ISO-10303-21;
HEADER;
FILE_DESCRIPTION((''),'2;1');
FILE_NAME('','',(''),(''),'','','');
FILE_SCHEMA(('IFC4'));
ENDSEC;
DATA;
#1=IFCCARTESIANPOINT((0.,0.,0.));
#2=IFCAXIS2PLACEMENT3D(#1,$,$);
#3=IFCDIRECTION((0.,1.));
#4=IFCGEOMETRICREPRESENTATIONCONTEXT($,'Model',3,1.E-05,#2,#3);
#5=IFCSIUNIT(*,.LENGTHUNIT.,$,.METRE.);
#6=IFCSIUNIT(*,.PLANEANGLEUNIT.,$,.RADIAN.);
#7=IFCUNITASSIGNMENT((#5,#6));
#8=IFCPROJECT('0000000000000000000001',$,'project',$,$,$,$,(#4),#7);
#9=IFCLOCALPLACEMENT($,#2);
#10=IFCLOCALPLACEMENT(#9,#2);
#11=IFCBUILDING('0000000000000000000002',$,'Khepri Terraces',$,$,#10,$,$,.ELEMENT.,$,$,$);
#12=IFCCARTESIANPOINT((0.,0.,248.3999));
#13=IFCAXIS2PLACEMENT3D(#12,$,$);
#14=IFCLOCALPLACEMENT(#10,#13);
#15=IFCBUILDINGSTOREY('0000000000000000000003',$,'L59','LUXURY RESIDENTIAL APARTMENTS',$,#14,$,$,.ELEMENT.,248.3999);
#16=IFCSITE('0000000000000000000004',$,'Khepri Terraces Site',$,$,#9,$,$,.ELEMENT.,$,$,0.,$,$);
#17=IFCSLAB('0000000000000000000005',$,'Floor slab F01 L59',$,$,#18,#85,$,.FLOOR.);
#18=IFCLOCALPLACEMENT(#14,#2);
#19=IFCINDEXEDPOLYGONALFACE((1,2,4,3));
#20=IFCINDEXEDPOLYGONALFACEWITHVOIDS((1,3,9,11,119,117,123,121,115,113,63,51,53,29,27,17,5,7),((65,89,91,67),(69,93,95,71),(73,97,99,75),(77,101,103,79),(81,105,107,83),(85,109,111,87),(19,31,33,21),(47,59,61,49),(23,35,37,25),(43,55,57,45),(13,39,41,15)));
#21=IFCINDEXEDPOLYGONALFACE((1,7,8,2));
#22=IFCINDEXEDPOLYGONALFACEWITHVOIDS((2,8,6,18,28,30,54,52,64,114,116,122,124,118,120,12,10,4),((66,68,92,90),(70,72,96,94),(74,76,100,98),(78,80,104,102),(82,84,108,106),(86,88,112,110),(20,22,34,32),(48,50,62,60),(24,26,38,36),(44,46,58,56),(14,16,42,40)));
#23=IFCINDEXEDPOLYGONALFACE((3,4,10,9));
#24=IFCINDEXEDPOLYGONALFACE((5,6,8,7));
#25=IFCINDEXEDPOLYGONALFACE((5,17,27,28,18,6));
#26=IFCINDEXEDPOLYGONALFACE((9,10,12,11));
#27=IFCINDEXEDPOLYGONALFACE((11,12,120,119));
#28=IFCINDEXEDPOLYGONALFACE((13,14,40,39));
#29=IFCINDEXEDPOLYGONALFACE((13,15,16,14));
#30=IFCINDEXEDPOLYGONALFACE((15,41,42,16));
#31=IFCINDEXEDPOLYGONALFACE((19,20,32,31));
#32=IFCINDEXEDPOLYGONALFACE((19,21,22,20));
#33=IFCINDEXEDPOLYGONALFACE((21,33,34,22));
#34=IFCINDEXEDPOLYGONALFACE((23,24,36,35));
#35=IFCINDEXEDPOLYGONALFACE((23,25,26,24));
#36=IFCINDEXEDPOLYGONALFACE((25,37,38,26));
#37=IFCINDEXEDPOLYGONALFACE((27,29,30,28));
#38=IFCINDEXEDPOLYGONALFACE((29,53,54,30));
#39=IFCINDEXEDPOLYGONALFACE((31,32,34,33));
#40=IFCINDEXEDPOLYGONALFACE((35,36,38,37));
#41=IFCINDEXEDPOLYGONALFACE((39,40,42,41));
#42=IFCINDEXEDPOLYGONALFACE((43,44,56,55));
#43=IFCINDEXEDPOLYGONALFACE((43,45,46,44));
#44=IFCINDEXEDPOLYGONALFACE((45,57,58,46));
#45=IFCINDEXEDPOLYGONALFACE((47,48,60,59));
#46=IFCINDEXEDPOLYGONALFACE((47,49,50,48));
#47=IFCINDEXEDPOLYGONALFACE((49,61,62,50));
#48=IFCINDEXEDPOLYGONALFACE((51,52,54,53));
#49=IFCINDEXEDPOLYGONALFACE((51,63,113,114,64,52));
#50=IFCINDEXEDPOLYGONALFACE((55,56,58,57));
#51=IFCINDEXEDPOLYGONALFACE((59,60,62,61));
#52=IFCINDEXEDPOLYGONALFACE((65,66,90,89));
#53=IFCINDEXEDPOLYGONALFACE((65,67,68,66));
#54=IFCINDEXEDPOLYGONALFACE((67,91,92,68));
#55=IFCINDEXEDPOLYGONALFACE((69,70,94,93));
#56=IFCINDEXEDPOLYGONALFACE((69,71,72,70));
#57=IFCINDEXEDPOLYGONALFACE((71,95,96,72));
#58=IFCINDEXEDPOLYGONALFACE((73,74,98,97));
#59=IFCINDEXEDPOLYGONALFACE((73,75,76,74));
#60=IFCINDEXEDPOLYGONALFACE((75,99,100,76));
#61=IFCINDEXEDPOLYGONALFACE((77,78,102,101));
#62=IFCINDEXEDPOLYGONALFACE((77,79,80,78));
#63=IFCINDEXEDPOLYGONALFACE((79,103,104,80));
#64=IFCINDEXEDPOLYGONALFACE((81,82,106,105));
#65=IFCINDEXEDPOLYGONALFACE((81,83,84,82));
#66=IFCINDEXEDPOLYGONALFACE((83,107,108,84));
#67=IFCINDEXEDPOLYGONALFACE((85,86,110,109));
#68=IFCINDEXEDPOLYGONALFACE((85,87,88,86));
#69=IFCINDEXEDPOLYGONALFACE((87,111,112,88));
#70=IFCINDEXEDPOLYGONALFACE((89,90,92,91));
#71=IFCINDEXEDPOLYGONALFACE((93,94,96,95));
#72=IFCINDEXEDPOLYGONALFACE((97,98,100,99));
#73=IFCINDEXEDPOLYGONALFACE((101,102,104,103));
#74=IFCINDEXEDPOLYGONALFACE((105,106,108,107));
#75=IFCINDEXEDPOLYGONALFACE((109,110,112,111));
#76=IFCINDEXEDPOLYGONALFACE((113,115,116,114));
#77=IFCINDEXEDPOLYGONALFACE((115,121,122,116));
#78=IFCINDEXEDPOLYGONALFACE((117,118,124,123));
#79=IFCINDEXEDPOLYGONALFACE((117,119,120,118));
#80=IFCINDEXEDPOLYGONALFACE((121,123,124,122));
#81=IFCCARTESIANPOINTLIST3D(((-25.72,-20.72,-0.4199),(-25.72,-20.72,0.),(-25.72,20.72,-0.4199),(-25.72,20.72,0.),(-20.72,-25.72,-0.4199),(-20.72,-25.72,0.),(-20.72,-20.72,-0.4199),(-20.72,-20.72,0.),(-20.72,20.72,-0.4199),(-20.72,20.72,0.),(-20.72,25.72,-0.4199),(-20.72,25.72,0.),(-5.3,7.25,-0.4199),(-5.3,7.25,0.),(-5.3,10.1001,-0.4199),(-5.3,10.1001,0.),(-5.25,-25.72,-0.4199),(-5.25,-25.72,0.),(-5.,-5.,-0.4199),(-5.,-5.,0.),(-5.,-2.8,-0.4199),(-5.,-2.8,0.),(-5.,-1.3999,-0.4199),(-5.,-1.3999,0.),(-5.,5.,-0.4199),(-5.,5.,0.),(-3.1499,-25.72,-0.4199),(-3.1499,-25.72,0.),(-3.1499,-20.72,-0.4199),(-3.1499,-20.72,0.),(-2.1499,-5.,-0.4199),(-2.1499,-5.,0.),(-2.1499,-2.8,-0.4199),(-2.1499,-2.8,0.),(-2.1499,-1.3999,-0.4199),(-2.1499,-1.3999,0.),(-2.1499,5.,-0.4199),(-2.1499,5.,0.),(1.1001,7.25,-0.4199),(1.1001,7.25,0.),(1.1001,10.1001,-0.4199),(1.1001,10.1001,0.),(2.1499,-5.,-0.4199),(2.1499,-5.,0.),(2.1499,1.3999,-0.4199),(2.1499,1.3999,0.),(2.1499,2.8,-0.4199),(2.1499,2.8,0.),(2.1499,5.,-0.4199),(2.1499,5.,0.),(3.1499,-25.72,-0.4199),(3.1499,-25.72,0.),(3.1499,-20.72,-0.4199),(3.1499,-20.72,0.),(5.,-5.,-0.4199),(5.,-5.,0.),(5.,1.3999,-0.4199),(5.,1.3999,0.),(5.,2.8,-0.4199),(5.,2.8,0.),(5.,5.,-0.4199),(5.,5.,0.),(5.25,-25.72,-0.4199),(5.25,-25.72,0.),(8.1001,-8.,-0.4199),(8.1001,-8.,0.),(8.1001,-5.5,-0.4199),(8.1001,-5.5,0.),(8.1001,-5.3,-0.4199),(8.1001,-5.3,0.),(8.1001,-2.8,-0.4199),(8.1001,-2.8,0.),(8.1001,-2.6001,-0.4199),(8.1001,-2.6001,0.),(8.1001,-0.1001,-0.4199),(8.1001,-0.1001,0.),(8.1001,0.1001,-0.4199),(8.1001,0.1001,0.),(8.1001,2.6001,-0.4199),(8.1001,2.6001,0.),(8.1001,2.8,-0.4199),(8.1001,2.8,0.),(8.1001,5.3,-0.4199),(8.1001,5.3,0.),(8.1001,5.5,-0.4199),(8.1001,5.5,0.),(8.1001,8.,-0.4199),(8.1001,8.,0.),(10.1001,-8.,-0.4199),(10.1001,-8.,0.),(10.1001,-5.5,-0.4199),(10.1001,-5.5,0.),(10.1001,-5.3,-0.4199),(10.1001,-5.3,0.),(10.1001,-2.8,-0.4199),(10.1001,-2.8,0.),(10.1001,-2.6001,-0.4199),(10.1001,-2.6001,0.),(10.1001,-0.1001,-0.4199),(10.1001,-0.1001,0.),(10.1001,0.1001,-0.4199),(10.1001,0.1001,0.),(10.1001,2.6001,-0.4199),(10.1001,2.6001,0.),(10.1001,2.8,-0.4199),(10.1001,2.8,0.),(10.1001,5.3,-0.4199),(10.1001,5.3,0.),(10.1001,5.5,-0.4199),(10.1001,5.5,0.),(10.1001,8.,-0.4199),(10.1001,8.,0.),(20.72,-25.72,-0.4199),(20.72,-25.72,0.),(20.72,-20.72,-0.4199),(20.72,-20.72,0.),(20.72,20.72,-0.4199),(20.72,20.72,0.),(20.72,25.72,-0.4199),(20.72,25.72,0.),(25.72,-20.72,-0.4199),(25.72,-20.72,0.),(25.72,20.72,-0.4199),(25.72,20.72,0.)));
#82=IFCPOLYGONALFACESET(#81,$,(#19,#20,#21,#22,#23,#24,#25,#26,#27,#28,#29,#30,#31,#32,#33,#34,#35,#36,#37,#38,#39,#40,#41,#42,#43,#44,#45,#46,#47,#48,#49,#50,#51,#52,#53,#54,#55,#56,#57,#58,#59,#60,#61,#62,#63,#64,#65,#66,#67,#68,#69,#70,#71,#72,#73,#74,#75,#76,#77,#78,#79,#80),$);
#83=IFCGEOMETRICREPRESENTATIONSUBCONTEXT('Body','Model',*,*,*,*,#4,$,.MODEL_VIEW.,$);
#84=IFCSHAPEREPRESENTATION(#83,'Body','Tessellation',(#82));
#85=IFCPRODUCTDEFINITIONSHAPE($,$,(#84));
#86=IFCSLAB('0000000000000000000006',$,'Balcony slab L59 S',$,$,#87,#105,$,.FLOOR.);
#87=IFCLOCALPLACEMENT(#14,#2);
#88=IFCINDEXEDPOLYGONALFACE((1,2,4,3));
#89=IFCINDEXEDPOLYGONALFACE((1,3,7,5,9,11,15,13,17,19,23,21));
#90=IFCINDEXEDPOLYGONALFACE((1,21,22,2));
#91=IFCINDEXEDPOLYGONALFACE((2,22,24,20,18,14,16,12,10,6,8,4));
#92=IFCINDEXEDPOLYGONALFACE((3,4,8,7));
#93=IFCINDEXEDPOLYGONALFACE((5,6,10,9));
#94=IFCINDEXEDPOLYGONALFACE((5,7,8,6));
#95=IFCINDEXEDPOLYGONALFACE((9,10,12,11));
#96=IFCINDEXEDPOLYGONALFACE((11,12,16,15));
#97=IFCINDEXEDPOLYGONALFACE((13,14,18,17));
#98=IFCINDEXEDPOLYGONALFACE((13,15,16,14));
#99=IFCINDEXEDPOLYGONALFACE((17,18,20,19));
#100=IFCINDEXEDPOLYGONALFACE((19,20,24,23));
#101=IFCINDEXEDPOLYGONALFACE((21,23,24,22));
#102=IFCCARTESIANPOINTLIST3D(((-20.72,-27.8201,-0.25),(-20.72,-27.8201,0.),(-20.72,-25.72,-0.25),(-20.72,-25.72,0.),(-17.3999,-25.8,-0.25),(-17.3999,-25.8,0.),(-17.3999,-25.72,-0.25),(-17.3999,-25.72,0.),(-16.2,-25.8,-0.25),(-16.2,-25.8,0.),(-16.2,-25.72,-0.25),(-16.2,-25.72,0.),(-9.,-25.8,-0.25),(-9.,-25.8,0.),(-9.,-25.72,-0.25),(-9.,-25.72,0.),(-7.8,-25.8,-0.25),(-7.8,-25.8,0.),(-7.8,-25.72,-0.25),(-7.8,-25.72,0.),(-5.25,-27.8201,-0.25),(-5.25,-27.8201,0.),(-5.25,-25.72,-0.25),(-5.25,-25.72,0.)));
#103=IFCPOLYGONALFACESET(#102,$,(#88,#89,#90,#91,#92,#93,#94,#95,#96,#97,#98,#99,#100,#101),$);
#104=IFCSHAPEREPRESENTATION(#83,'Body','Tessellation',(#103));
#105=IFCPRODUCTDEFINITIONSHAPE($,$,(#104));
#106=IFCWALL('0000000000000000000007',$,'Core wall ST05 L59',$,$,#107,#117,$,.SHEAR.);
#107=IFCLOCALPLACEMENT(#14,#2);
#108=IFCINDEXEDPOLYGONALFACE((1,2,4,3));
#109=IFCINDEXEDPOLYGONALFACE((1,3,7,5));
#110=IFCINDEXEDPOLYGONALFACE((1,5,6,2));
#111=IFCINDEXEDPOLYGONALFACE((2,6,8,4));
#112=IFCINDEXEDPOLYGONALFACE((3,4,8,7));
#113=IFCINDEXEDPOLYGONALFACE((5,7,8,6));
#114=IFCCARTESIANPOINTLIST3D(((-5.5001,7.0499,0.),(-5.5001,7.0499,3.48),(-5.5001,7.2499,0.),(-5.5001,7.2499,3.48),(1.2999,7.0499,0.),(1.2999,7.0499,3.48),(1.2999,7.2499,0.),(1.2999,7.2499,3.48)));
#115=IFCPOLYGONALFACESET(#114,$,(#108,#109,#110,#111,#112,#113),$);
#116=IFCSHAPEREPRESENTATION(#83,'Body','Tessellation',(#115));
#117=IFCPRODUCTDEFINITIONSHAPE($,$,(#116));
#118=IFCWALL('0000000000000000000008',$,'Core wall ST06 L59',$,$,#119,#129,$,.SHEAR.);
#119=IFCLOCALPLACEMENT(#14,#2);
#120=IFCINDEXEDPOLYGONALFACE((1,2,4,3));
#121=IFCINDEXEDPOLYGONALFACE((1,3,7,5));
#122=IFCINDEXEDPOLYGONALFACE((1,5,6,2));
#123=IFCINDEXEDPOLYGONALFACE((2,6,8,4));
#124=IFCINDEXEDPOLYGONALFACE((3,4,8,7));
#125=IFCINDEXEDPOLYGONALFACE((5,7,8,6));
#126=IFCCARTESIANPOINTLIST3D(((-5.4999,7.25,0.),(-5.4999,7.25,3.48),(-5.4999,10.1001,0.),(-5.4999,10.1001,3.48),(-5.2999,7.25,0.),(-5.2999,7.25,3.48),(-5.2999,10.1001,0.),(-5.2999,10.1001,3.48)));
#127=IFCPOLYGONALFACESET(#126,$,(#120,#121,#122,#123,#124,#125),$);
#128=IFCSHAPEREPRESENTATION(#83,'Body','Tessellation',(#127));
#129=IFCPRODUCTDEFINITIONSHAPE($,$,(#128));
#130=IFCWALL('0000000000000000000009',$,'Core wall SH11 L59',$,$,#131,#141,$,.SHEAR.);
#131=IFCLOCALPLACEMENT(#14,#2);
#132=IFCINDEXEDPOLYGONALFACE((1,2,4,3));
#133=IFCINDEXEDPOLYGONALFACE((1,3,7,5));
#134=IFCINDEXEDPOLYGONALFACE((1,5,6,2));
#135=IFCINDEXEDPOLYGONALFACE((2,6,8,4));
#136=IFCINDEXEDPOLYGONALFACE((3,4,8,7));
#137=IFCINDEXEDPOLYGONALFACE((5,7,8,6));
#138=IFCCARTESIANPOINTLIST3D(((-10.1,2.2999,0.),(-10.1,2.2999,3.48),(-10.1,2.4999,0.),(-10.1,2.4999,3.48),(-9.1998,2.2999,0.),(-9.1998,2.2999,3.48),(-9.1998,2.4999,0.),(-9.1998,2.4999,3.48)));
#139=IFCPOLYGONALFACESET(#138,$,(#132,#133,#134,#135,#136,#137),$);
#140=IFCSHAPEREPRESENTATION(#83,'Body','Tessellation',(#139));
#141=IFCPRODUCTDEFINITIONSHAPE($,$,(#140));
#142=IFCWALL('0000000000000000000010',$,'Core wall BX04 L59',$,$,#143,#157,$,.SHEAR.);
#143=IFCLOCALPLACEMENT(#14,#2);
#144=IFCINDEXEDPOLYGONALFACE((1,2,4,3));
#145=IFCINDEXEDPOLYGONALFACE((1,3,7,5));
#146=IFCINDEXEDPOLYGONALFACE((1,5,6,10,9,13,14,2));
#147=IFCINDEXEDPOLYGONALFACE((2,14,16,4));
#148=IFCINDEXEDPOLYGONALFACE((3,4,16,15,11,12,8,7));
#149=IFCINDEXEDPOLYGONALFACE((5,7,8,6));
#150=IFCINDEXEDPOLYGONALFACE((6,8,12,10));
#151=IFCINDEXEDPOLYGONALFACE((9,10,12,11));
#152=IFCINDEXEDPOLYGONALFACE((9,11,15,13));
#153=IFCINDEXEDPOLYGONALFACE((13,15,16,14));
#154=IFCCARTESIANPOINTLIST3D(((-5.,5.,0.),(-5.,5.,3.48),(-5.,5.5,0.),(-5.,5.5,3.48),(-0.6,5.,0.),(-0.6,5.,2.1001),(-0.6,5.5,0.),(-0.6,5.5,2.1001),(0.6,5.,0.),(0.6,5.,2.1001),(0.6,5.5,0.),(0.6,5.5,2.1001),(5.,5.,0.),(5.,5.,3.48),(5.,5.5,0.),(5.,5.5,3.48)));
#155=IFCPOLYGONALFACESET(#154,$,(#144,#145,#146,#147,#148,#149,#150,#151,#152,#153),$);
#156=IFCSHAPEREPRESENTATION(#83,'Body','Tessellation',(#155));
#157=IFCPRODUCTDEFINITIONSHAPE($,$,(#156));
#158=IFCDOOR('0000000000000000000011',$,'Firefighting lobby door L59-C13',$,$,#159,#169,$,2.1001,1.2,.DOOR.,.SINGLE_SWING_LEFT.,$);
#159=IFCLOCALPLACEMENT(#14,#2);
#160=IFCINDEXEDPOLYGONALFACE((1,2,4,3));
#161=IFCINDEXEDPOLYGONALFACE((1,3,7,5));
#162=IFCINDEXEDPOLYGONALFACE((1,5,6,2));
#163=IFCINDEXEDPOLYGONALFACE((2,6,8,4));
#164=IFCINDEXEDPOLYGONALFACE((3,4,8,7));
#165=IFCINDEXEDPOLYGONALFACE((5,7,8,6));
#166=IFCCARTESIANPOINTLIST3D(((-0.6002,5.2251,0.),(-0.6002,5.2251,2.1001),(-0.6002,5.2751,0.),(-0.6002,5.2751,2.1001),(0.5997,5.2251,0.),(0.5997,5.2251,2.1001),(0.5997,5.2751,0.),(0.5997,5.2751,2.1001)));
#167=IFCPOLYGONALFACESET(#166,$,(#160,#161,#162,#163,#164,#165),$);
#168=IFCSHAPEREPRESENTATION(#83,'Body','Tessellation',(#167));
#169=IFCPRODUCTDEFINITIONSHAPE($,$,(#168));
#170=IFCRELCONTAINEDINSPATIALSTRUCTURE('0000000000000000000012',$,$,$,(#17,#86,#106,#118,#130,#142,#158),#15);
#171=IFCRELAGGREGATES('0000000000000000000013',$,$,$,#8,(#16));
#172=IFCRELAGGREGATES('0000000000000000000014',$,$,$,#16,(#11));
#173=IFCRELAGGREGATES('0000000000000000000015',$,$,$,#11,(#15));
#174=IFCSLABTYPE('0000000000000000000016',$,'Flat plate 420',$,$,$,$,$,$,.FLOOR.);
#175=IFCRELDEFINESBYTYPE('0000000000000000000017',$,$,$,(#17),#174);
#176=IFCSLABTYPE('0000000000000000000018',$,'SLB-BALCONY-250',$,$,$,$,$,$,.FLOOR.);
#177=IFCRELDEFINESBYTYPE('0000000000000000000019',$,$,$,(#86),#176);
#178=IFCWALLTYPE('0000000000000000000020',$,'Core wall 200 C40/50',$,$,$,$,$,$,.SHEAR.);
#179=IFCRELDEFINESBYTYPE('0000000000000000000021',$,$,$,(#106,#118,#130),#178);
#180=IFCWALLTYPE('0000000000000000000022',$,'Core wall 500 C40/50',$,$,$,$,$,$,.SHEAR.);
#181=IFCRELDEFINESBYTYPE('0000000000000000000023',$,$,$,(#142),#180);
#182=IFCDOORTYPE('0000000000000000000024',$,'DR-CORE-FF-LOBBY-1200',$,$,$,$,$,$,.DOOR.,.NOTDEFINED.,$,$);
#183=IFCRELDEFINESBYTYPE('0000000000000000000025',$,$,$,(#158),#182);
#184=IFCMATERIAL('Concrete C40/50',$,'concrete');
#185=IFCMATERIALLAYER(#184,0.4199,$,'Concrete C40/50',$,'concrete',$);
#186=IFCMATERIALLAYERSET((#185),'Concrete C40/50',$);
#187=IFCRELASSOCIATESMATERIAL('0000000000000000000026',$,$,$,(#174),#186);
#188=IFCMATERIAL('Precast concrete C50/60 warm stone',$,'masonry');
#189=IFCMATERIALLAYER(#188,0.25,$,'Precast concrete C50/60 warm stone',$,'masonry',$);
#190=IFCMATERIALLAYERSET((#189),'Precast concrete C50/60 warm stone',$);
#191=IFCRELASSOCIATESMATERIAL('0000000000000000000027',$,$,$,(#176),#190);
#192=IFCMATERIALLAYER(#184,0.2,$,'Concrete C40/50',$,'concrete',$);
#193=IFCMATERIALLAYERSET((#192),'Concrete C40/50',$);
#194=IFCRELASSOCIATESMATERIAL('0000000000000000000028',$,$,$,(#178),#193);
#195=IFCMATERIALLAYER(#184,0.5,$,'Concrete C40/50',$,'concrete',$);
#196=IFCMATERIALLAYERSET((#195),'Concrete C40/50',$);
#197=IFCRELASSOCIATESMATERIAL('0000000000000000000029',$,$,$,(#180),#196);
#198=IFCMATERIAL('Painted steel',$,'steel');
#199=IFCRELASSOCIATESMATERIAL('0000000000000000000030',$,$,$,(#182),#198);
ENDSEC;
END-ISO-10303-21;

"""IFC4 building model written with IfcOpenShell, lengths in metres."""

from ifc_helpers import new_model, si_unit, direction, frame, frame_2d, origin, place, context, subcontext, project, spatial, polyline, rectangle, outline, extrude, material, layer, layer_set, type_object, element, fill, save


model = new_model("IFC4")

# Units and contexts
model_context = context("Model", 3, precision=1e-05, world=origin(), true_north=direction((0.0, 1.0)))
body_context = subcontext(model_context, "Body", "Model", "MODEL_VIEW")
ifc_project = project(units=[si_unit("LENGTHUNIT", "METRE"), si_unit("PLANEANGLEUNIT", "RADIAN")], contexts=[model_context])

# Site, building, storey
site_placement = place(None, origin())
site = spatial("IfcSite", under=ifc_project, at=site_placement, Name="Khepri Terraces Site", CompositionType="ELEMENT", RefElevation=0.0)
building_placement = place(site_placement, origin())
building = spatial("IfcBuilding", under=site, at=building_placement, Name="Khepri Terraces", CompositionType="ELEMENT")
storey_placement = place(building_placement, frame((0.0, 0.0, 248.3999)))
storey = spatial("IfcBuildingStorey", under=building, at=storey_placement, Name="L59", Description="LUXURY RESIDENTIAL APARTMENTS", CompositionType="ELEMENT", Elevation=248.3999)

# Slabs
ifc_material_1 = material(Name="Concrete C40/50", Category="concrete")
ifc_layer_1 = layer(ifc_material_1, 0.4199, Name="Concrete C40/50", Category="concrete")
ifc_layer_set_1 = layer_set([ifc_layer_1], Name="Concrete C40/50")
slab_type_1 = type_object("IfcSlabType", Name="Flat plate 420", PredefinedType="FLOOR", material=ifc_layer_set_1)
slab_1_placement = place(storey_placement, frame((0.0, 0.0, -0.4199)))
element("IfcSlab", 1, at=slab_1_placement, inside=storey, type_object=slab_type_1, Name="Floor slab F01 L59", PredefinedType="FLOOR", context=body_context, shape_type="SweptSolid", body=[
    extrude(outline(polyline([(25.72, -20.72), (20.72, -20.72), (20.72, -25.72), (5.25, -25.72), (3.1499, -25.72), (3.1499, -20.72), (-3.1499, -20.72), (-3.1499, -25.72), (-5.25, -25.72), (-20.72, -25.72), (-20.72, -20.72), (-25.72, -20.72), (-25.72, 20.72), (-20.72, 20.72), (-20.72, 25.72), (20.72, 25.72), (20.72, 20.72), (25.72, 20.72), (25.72, -20.72)]), holes=[polyline([(2.1499, 2.8), (5.0, 2.8), (5.0, 5.0), (2.1499, 5.0), (2.1499, 2.8)]), polyline([(-5.0, -2.8), (-5.0, -5.0), (-2.1499, -5.0), (-2.1499, -2.8), (-5.0, -2.8)]), polyline([(10.1001, -5.5), (8.1001, -5.5), (8.1001, -8.0), (10.1001, -8.0), (10.1001, -5.5)]), polyline([(10.1001, -5.3), (10.1001, -2.8), (8.1001, -2.8), (8.1001, -5.3), (10.1001, -5.3)]), polyline([(8.1001, -2.6001), (10.1001, -2.6001), (10.1001, -0.1001), (8.1001, -0.1001), (8.1001, -2.6001)]), polyline([(8.1001, 2.6001), (8.1001, 0.1001), (10.1001, 0.1001), (10.1001, 2.6001), (8.1001, 2.6001)]), polyline([(10.1001, 5.3), (8.1001, 5.3), (8.1001, 2.8), (10.1001, 2.8), (10.1001, 5.3)]), polyline([(10.1001, 5.5), (10.1001, 8.0), (8.1001, 8.0), (8.1001, 5.5), (10.1001, 5.5)]), polyline([(-5.0, -1.3999), (-2.1499, -1.3999), (-2.1499, 5.0), (-5.0, 5.0), (-5.0, -1.3999)]), polyline([(5.0, -5.0), (5.0, 1.3999), (2.1499, 1.3999), (2.1499, -5.0), (5.0, -5.0)]), polyline([(-5.3, 10.1001), (-5.3, 7.25), (1.1001, 7.25), (1.1001, 10.1001), (-5.3, 10.1001)])]), origin(), (0.0, 0.0, 1.0), 0.4199),
])
ifc_material_2 = material(Name="Precast concrete C50/60 warm stone", Category="masonry")
ifc_layer_2 = layer(ifc_material_2, 0.25, Name="Precast concrete C50/60 warm stone", Category="masonry")
ifc_layer_set_2 = layer_set([ifc_layer_2], Name="Precast concrete C50/60 warm stone")
slab_type_2 = type_object("IfcSlabType", Name="SLB-BALCONY-250", PredefinedType="FLOOR", material=ifc_layer_set_2)
slab_2_placement = place(storey_placement, frame((0.0, 0.0, -0.25)))
element("IfcSlab", 2, at=slab_2_placement, inside=storey, type_object=slab_type_2, Name="Balcony slab L59 S", PredefinedType="FLOOR", context=body_context, shape_type="SweptSolid", body=[
    extrude(outline(polyline([(-17.3999, -25.72), (-20.72, -25.72), (-20.72, -27.8201), (-5.25, -27.8201), (-5.25, -25.72), (-7.8, -25.72), (-7.8, -25.8), (-9.0, -25.8), (-9.0, -25.72), (-16.2, -25.72), (-16.2, -25.8), (-17.3999, -25.8), (-17.3999, -25.72)])), origin(), (0.0, 0.0, 1.0), 0.25),
])

# Walls
ifc_layer_3 = layer(ifc_material_1, 0.2, Name="Concrete C40/50", Category="concrete")
ifc_layer_set_3 = layer_set([ifc_layer_3], Name="Concrete C40/50")
wall_type_1 = type_object("IfcWallType", Name="Core wall 200 C40/50", PredefinedType="SHEAR", material=ifc_layer_set_3)
wall_1_placement = place(storey_placement, frame((-5.5, 7.1499, 0.0), z_axis=(0.0, 0.0, 1.0), x_axis=(1.0, 0.0, 0.0)))
element("IfcWall", 3, at=wall_1_placement, inside=storey, type_object=wall_type_1, Name="Core wall ST05 L59", PredefinedType="SHEAR", context=body_context, shape_type="SweptSolid", body=[
    extrude(rectangle(XDim=6.8, YDim=0.2, at=frame_2d((3.3999, 0.0))), origin(), (0.0, 0.0, 1.0), 3.48),
])
wall_2_placement = place(storey_placement, frame((-5.3999, 7.25, 0.0), z_axis=(0.0, 0.0, 1.0), x_axis=(0.0, 1.0, 0.0)))
element("IfcWall", 4, at=wall_2_placement, inside=storey, type_object=wall_type_1, Name="Core wall ST06 L59", PredefinedType="SHEAR", context=body_context, shape_type="SweptSolid", body=[
    extrude(rectangle(XDim=2.8501, YDim=0.2, at=frame_2d((1.425, 0.0))), origin(), (0.0, 0.0, 1.0), 3.48),
])
wall_3_placement = place(storey_placement, frame((-10.1001, 2.3999, 0.0), z_axis=(0.0, 0.0, 1.0), x_axis=(1.0, 0.0, 0.0)))
element("IfcWall", 5, at=wall_3_placement, inside=storey, type_object=wall_type_1, Name="Core wall SH11 L59", PredefinedType="SHEAR", context=body_context, shape_type="SweptSolid", body=[
    extrude(rectangle(XDim=0.9001, YDim=0.2, at=frame_2d((0.4502, 0.0))), origin(), (0.0, 0.0, 1.0), 3.48),
])

# Wall, opening, door
ifc_layer_4 = layer(ifc_material_1, 0.5, Name="Concrete C40/50", Category="concrete")
ifc_layer_set_4 = layer_set([ifc_layer_4], Name="Concrete C40/50")
wall_type_2 = type_object("IfcWallType", Name="Core wall 500 C40/50", PredefinedType="SHEAR", material=ifc_layer_set_4)
wall_4_placement = place(storey_placement, frame((-5.0, 5.25, 0.0), z_axis=(0.0, 0.0, 1.0), x_axis=(1.0, 0.0, 0.0)))
wall_4 = element("IfcWall", 6, at=wall_4_placement, inside=storey, type_object=wall_type_2, Name="Core wall BX04 L59", PredefinedType="SHEAR", context=body_context, shape_type="SweptSolid", body=[
    extrude(rectangle(XDim=10.0, YDim=0.5, at=frame_2d((5.0, 0.0))), origin(), (0.0, 0.0, 1.0), 3.48),
])
opening_1_placement = place(wall_4_placement, frame((4.3999, 0.0, 0.0)))
opening_1 = element("IfcOpeningElement", 7, at=opening_1_placement, cuts=wall_4, PredefinedType="OPENING", context=body_context, shape_type="SweptSolid", body=[
    extrude(rectangle(XDim=1.2, YDim=2.1001, at=frame_2d((0.6001, 1.05))), frame((0.0, 0.26, 0.0), z_axis=(0.0, -1.0, 0.0), x_axis=(1.0, 0.0, 0.0)), (0.0, 0.0, 1.0), 0.52),
])
ifc_material_3 = material(Name="Painted steel", Category="steel")
door_type_1 = type_object("IfcDoorType", Name="DR-CORE-FF-LOBBY-1200", OperationType="NOTDEFINED", PredefinedType="DOOR", material=ifc_material_3)
door_1_placement = place(opening_1_placement, frame((1.2, 0.0, 0.0), z_axis=(0.0, 0.0, 1.0), x_axis=(-1.0, 0.0, 0.0)))
door_1 = element("IfcDoor", 8, at=door_1_placement, inside=storey, type_object=door_type_1, Name="Firefighting lobby door L59-C13", OperationType="SINGLE_SWING_LEFT", OverallHeight=2.1001, OverallWidth=1.2, PredefinedType="DOOR", context=body_context, shape_type="SweptSolid", body=[
    extrude(rectangle(XDim=1.2, YDim=2.1001, at=frame_2d((0.6001, 1.05))), frame((0.0, 0.0249, 0.0), z_axis=(0.0, -1.0, 0.0), x_axis=(1.0, 0.0, 0.0)), (0.0, 0.0, 1.0), 0.05),
])
fill(opening_1, door_1)

save(model, "model.ifc")
